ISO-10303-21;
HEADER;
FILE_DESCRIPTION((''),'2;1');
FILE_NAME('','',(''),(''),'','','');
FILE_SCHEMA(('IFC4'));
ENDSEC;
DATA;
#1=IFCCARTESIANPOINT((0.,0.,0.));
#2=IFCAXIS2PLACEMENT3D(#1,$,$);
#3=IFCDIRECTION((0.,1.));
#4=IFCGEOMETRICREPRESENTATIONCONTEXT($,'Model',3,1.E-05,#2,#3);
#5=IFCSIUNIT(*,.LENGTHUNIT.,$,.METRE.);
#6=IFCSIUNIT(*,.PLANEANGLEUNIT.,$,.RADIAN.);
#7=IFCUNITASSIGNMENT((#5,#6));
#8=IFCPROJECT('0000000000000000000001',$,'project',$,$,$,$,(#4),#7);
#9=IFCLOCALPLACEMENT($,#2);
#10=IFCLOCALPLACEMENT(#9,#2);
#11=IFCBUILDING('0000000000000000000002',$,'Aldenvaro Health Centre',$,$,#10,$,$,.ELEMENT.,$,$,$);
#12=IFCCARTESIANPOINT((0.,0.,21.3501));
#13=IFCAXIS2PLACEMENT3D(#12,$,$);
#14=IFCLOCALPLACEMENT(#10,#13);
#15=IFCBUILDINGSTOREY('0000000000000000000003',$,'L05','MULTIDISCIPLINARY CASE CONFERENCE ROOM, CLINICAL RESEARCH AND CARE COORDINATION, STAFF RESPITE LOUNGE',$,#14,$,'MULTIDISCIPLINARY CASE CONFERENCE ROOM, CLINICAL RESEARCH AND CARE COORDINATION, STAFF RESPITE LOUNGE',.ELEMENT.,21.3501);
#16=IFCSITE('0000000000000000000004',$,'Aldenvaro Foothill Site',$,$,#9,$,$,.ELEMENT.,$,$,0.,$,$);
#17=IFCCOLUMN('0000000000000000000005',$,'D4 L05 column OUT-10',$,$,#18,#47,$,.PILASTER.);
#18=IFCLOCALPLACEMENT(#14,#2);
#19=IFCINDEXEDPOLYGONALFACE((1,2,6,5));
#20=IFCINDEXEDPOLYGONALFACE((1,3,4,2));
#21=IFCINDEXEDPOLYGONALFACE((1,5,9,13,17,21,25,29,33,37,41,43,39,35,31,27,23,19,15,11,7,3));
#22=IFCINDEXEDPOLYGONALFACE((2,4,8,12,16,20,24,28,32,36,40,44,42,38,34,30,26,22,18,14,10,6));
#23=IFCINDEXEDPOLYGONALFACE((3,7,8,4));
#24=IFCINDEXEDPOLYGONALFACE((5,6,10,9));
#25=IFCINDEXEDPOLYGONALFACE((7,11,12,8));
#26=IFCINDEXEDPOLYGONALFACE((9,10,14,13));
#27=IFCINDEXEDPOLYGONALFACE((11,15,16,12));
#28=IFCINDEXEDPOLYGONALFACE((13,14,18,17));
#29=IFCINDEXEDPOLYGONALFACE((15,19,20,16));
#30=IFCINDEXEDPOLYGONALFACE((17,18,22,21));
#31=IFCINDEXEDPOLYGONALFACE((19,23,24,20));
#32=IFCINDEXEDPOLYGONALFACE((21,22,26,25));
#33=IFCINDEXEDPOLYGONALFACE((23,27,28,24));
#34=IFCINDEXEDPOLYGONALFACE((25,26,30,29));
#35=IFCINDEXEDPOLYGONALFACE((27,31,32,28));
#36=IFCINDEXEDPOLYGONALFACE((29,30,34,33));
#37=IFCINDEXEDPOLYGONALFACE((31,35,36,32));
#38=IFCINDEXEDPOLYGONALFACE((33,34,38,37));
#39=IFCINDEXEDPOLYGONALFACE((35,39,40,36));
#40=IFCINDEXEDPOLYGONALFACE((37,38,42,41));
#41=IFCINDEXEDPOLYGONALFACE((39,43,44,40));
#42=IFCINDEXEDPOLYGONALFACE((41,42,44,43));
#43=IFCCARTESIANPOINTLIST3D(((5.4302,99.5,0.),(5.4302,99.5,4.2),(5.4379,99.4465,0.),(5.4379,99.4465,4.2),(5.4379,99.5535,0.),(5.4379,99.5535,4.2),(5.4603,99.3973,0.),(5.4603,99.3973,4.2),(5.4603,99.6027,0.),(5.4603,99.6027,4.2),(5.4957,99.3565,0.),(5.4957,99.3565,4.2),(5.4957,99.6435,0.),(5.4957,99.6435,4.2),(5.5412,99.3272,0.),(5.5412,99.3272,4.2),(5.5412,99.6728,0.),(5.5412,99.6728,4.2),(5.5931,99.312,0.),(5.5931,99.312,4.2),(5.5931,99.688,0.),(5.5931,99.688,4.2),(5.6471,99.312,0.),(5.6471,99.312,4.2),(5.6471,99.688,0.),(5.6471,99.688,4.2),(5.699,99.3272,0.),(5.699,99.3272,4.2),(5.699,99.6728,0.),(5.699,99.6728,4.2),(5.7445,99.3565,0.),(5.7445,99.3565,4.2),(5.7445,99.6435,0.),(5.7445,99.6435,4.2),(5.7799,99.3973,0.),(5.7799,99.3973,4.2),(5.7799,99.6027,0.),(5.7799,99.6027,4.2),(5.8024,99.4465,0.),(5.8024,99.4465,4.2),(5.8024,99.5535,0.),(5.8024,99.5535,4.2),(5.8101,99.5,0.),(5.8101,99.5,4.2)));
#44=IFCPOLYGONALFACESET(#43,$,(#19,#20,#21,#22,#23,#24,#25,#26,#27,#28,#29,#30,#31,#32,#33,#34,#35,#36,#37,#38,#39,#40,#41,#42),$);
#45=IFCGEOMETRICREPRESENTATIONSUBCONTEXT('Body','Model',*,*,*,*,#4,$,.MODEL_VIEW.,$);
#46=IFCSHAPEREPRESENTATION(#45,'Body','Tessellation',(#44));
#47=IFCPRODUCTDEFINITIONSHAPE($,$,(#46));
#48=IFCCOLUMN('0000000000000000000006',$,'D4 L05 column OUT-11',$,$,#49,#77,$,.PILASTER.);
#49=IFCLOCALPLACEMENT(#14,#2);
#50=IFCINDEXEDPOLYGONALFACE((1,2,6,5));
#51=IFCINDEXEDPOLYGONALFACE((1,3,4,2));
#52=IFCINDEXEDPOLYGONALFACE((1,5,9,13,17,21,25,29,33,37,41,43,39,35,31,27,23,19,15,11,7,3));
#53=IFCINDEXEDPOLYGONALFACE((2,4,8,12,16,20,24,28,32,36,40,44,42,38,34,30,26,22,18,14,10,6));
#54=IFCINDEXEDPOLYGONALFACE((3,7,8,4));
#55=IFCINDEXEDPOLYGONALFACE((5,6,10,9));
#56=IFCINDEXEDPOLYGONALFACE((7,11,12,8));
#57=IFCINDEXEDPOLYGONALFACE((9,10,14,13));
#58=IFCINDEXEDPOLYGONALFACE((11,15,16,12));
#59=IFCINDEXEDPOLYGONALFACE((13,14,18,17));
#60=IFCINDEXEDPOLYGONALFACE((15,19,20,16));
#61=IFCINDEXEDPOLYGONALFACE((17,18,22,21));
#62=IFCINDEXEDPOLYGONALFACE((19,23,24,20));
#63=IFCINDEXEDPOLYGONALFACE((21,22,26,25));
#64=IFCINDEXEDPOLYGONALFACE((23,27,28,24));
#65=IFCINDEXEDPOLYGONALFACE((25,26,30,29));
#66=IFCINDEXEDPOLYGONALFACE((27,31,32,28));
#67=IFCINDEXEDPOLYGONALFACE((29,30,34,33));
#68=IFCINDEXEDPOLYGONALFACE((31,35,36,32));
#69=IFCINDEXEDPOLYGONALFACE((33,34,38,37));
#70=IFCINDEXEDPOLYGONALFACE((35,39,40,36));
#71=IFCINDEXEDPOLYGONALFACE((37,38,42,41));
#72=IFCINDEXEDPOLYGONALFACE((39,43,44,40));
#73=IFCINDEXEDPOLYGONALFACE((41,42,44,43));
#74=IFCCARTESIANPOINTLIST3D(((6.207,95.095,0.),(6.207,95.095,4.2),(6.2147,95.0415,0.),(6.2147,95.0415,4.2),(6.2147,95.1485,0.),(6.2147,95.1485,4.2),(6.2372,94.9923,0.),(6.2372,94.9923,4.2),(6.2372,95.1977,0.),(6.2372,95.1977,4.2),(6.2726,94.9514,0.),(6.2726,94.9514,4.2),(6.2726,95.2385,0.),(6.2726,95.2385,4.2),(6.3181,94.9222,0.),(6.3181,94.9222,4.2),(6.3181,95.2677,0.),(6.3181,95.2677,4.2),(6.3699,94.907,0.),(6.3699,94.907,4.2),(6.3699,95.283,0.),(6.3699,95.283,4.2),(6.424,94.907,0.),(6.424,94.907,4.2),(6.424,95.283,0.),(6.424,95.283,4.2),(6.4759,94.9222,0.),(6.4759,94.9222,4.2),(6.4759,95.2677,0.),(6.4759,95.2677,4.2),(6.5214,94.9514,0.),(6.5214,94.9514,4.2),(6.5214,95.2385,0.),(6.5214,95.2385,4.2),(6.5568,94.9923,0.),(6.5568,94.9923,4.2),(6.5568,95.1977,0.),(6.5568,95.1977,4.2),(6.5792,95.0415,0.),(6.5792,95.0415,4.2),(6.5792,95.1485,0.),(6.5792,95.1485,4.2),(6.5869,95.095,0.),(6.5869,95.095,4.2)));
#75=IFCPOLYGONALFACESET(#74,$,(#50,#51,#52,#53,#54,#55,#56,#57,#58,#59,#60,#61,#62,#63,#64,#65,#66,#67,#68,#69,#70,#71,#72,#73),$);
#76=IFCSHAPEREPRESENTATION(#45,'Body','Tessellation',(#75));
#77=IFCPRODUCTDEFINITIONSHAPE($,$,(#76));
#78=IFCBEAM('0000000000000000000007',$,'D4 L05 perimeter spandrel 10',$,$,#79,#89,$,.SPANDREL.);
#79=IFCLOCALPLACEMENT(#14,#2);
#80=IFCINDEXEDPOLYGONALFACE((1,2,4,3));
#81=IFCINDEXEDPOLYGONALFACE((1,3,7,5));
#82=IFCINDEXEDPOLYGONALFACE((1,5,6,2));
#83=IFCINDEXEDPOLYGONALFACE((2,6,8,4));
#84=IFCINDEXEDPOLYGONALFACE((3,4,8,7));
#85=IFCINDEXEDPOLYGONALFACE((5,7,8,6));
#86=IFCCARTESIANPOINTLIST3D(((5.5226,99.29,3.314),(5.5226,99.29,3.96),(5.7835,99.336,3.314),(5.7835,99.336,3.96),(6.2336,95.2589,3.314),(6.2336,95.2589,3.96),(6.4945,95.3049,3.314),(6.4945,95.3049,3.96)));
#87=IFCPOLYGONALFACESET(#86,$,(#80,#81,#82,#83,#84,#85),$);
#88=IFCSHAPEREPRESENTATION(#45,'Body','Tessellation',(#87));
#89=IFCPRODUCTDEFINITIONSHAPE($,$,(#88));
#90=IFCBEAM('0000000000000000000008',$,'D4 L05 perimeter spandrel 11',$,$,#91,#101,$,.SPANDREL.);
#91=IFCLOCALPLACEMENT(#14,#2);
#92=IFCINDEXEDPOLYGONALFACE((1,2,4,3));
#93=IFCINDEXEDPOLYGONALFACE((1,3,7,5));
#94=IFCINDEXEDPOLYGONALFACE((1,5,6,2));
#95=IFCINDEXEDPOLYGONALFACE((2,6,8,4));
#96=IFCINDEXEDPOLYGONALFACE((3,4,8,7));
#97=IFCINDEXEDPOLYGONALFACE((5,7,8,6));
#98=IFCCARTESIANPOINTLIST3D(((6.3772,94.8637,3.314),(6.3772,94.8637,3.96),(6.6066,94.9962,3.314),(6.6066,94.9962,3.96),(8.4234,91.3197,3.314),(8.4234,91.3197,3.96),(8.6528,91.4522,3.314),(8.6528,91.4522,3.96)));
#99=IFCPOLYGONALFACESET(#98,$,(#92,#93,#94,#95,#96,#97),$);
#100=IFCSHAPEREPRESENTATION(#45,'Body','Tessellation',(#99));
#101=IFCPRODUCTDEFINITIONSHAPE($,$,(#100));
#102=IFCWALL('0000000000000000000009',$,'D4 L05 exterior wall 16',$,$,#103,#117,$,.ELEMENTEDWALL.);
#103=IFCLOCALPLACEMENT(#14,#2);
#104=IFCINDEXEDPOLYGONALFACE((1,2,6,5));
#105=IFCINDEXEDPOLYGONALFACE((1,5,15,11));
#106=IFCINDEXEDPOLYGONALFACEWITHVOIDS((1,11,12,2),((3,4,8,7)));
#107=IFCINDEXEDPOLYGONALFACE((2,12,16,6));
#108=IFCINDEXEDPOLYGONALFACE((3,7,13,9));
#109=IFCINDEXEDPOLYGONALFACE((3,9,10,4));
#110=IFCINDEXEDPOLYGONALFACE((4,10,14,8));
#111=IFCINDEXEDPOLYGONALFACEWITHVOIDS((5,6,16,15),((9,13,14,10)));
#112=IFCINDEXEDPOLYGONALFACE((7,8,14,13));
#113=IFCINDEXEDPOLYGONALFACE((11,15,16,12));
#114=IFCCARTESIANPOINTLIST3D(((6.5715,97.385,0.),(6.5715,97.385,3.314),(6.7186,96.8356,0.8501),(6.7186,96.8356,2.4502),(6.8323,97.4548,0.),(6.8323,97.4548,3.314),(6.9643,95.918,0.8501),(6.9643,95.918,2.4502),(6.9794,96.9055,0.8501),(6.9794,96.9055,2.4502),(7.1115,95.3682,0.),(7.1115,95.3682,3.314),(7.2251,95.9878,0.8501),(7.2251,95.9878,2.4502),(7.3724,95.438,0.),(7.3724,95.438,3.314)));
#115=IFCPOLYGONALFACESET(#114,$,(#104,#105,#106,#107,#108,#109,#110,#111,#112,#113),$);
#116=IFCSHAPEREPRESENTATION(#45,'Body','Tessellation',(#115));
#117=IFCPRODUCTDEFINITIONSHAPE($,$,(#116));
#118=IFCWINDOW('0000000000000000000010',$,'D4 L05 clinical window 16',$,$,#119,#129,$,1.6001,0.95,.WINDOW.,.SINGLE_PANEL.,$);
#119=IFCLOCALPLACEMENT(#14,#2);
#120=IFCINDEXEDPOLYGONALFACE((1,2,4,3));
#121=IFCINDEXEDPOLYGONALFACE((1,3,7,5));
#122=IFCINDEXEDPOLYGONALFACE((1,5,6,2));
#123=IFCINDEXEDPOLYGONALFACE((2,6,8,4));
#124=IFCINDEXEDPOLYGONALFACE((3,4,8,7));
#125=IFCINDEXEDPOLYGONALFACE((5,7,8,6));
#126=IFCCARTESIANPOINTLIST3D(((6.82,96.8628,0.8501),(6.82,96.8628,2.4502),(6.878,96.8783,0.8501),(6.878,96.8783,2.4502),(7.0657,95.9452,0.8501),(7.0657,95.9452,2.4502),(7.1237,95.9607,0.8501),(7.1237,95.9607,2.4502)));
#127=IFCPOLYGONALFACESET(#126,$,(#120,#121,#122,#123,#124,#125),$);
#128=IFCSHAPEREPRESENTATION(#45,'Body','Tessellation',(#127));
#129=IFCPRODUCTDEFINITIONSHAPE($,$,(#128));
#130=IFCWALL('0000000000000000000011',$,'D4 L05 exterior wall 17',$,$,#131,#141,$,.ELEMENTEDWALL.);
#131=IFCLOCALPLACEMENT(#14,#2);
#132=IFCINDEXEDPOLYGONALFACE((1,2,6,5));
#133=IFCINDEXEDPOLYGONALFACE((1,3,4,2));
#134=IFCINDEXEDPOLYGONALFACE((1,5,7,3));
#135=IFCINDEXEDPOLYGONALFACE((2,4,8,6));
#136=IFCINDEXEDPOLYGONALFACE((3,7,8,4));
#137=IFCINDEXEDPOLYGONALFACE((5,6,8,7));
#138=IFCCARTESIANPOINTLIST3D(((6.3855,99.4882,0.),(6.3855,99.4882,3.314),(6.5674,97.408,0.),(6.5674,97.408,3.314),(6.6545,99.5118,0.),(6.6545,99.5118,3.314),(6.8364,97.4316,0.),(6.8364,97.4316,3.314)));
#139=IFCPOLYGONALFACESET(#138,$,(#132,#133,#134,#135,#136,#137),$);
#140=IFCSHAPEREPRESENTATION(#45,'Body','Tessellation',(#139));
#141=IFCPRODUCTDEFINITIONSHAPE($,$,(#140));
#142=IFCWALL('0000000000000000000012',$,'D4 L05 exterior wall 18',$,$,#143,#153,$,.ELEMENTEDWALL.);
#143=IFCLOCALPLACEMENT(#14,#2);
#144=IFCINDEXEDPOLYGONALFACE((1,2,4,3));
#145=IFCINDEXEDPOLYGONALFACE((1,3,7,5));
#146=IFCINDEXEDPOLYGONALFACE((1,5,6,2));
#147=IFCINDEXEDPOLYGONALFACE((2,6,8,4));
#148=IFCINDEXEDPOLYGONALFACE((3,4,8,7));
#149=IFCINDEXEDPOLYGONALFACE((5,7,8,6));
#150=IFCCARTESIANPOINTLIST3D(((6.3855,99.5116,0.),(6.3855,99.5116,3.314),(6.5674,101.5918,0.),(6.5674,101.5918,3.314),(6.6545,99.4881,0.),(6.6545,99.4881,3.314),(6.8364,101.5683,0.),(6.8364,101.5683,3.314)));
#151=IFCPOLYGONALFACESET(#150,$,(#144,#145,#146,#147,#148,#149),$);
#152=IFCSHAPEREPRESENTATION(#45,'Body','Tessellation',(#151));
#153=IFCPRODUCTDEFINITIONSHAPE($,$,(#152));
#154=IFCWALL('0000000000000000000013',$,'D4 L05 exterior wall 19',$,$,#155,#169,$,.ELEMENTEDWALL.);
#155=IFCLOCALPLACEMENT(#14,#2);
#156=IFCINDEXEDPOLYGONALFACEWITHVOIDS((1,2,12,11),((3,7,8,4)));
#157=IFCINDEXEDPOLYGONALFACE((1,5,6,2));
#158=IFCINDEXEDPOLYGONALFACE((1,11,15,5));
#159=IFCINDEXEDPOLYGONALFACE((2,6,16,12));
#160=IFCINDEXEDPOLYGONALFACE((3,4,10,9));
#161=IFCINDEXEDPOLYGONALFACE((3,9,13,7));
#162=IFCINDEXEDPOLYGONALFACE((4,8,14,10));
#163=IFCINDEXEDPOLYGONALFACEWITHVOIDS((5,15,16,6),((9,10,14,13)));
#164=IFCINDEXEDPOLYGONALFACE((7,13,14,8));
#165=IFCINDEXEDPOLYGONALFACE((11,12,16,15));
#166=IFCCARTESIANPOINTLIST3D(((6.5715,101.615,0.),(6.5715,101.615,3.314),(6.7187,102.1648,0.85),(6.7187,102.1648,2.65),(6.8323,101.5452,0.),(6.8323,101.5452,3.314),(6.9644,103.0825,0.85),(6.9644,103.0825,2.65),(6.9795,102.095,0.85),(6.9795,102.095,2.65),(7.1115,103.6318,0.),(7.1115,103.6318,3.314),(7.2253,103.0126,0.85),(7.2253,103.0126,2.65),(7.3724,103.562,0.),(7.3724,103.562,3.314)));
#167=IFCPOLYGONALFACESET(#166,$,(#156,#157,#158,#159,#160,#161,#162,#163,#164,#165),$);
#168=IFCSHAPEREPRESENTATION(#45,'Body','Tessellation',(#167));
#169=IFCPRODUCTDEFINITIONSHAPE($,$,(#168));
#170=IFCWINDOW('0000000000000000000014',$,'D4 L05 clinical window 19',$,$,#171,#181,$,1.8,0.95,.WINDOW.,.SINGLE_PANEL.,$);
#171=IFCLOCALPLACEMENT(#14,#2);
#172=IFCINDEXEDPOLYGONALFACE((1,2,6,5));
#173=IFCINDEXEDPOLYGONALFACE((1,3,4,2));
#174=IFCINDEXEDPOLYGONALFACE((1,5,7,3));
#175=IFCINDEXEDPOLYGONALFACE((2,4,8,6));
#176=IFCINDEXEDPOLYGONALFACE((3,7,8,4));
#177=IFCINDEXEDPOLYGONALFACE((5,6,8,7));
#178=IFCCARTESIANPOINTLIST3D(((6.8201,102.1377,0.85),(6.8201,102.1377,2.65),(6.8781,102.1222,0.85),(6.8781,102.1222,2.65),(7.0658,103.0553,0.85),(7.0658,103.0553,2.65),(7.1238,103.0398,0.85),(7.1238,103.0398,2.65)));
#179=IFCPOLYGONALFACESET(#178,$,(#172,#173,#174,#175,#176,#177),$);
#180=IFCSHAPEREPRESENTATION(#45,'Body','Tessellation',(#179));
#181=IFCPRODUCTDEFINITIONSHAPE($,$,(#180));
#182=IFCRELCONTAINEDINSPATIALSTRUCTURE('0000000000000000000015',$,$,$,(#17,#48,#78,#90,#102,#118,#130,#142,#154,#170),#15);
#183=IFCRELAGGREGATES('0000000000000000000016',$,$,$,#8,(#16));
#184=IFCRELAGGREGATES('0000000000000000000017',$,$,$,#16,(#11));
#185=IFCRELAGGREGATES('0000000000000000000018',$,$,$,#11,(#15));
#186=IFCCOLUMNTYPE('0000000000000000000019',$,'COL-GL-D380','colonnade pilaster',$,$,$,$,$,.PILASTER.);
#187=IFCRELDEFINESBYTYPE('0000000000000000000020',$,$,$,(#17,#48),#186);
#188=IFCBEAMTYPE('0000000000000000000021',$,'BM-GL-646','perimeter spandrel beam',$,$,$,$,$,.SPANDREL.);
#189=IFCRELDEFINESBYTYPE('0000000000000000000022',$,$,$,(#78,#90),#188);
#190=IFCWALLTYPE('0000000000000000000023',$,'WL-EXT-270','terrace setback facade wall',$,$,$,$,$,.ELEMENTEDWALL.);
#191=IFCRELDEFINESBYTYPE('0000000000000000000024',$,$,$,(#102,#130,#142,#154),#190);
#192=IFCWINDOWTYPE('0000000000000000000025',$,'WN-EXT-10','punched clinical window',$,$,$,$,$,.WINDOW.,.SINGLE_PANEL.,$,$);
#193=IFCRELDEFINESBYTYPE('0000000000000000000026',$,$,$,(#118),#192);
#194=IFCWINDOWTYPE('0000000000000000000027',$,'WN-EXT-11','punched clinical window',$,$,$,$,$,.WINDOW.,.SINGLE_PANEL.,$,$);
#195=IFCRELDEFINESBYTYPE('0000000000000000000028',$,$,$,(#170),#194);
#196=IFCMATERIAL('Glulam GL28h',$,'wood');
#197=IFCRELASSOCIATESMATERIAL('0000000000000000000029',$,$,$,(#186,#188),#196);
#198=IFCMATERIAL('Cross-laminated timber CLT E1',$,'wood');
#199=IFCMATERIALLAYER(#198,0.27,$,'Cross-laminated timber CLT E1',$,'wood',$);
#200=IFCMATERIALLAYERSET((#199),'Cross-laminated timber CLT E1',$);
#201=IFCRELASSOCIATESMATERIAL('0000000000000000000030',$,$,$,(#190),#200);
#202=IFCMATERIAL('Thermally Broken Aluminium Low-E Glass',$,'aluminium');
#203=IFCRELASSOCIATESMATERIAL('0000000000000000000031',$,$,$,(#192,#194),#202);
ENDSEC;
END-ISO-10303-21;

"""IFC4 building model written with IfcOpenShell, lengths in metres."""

from ifc_helpers import new_model, si_unit, direction, frame, frame_2d, origin, origin_2d, place, context, subcontext, project, spatial, rectangle, circle, extrude, material, layer, layer_set, material_profile, profile_set, type_object, element, fill, save


model = new_model("IFC4")

# Units and contexts
model_context = context("Model", 3, precision=1e-05, world=origin(), true_north=direction((0.0, 1.0)))
body_context = subcontext(model_context, "Body", "Model", "MODEL_VIEW")
ifc_project = project(units=[si_unit("LENGTHUNIT", "METRE"), si_unit("PLANEANGLEUNIT", "RADIAN")], contexts=[model_context])

# Site, building, storey
site_placement = place(None, origin())
site = spatial("IfcSite", under=ifc_project, at=site_placement, Name="Aldenvaro Foothill Site", CompositionType="ELEMENT", RefElevation=0.0)
building_placement = place(site_placement, origin())
building = spatial("IfcBuilding", under=site, at=building_placement, Name="Aldenvaro Health Centre", CompositionType="ELEMENT")
storey_placement = place(building_placement, frame((0.0, 0.0, 21.3501)))
storey = spatial("IfcBuildingStorey", under=building, at=storey_placement, Name="L05", Description="MULTIDISCIPLINARY CASE CONFERENCE ROOM, CLINICAL RESEARCH AND CARE COORDINATION, STAFF RESPITE LOUNGE", LongName="MULTIDISCIPLINARY CASE CONFERENCE ROOM, CLINICAL RESEARCH AND CARE COORDINATION, STAFF RESPITE LOUNGE", CompositionType="ELEMENT", Elevation=21.3501)

# Columns
ifc_material_1 = material(Name="Glulam GL28h", Category="wood")
ifc_material_profile_1 = material_profile(ifc_material_1, circle(Radius=0.1899, at=origin_2d()), Name="GL D380", Category="wood")
ifc_profile_set_1 = profile_set([ifc_material_profile_1], Name="Glulam GL28h")
column_type = type_object("IfcColumnType", Name="COL-GL-D380", Description="colonnade pilaster", PredefinedType="PILASTER", material=ifc_profile_set_1)
for number, where, z_axis, x_axis, name in (
    (1, (5.6201, 99.5, 0.0), (0.0, 0.0, 1.0), (1.0, 0.0, 0.0), "D4 L05 column OUT-10"),
    (2, (6.397, 95.095, 0.0), (0.0, 0.0, 1.0), (1.0, 0.0, 0.0), "D4 L05 column OUT-11"),
):
    element("IfcColumn", number, at=place(storey_placement, frame(where, z_axis=z_axis, x_axis=x_axis)), inside=storey, type_object=column_type, Name=name, PredefinedType="PILASTER", context=body_context, shape_type="SweptSolid", body=[
        extrude(circle(Radius=0.1899, at=origin_2d()), origin(), (0.0, 0.0, 1.0), 4.2),
    ])

# Beams
ifc_material_profile_2 = material_profile(ifc_material_1, rectangle(XDim=0.2649, YDim=0.646, at=origin_2d()), Name="GL 265x646", Category="wood")
ifc_profile_set_2 = profile_set([ifc_material_profile_2], Name="Glulam GL28h")
beam_type = type_object("IfcBeamType", Name="BM-GL-646", Description="perimeter spandrel beam", PredefinedType="SPANDREL", material=ifc_profile_set_2)
beam_1_placement = place(storey_placement, frame((5.6531, 99.313, 3.637), z_axis=(0.173687, -0.984801, 0.0), x_axis=(0.984801, 0.173687, 0.0)))
element("IfcBeam", 3, at=beam_1_placement, inside=storey, type_object=beam_type, Name="D4 L05 perimeter spandrel 10", PredefinedType="SPANDREL", context=body_context, shape_type="SweptSolid", body=[
    extrude(rectangle(XDim=0.2649, YDim=0.646, at=origin_2d()), origin(), (0.0, 0.0, 1.0), 4.0933),
])
beam_2_placement = place(storey_placement, frame((6.4919, 94.9299, 3.637), z_axis=(0.500008, -0.866021, 0.0), x_axis=(0.866021, 0.500008, 0.0)))
element("IfcBeam", 4, at=beam_2_placement, inside=storey, type_object=beam_type, Name="D4 L05 perimeter spandrel 11", PredefinedType="SPANDREL", context=body_context, shape_type="SweptSolid", body=[
    extrude(rectangle(XDim=0.2649, YDim=0.646, at=origin_2d()), origin(), (0.0, 0.0, 1.0), 4.0923),
])

# Wall, opening, window
ifc_material_2 = material(Name="Cross-laminated timber CLT E1", Category="wood")
ifc_layer_1 = layer(ifc_material_2, 0.27, Name="Cross-laminated timber CLT E1", Category="wood")
ifc_layer_set_1 = layer_set([ifc_layer_1], Name="Cross-laminated timber CLT E1")
wall_type_1 = type_object("IfcWallType", Name="WL-EXT-270", Description="terrace setback facade wall", PredefinedType="ELEMENTEDWALL", material=ifc_layer_set_1)
wall_1_placement = place(storey_placement, frame((7.2419, 95.4031, 0.0), z_axis=(0.0, 0.0, 1.0), x_axis=(-0.258652, 0.96597, 0.0)))
wall_1 = element("IfcWall", 5, at=wall_1_placement, inside=storey, type_object=wall_type_1, Name="D4 L05 exterior wall 16", PredefinedType="ELEMENTEDWALL", context=body_context, shape_type="SweptSolid", body=[
    extrude(rectangle(XDim=2.0879, YDim=0.27, at=frame_2d((1.0439, 0.0))), origin(), (0.0, 0.0, 1.0), 3.314),
])
opening_1_placement = place(wall_1_placement, frame((0.5691, 0.0, 0.8501)))
opening_1 = element("IfcOpeningElement", 6, at=opening_1_placement, cuts=wall_1, PredefinedType="OPENING", context=body_context, shape_type="SweptSolid", body=[
    extrude(rectangle(XDim=0.95, YDim=1.6001, at=frame_2d((0.4751, 0.8))), frame((0.0, 0.145, 0.0), z_axis=(0.0, -1.0, 0.0), x_axis=(1.0, 0.0, 0.0)), (0.0, 0.0, 1.0), 0.29),
])
ifc_material_3 = material(Name="Thermally Broken Aluminium Low-E Glass", Category="aluminium")
window_type_1 = type_object("IfcWindowType", Name="WN-EXT-10", Description="punched clinical window", PartitioningType="SINGLE_PANEL", PredefinedType="WINDOW", material=ifc_material_3)
window_1_placement = place(opening_1_placement, origin())
window_1 = element("IfcWindow", 7, at=window_1_placement, inside=storey, type_object=window_type_1, Name="D4 L05 clinical window 16", OverallHeight=1.6001, OverallWidth=0.95, PartitioningType="SINGLE_PANEL", PredefinedType="WINDOW", context=body_context, shape_type="SweptSolid", body=[
    extrude(rectangle(XDim=0.95, YDim=1.6001, at=frame_2d((0.4751, 0.8))), frame((0.0, 0.03, 0.0), z_axis=(0.0, -1.0, 0.0), x_axis=(1.0, 0.0, 0.0)), (0.0, 0.0, 1.0), 0.0601),
])
fill(opening_1, window_1)

# Walls
for number, where, z_axis, x_axis, name in (
    (8, (6.7019, 97.4199, 0.0), (0.0, 0.0, 1.0), (-0.087109, 0.996199, 0.0), "D4 L05 exterior wall 17"),
    (9, (6.52, 99.5, 0.0), (0.0, 0.0, 1.0), (0.087109, 0.996199, 0.0), "D4 L05 exterior wall 18"),
):
    element("IfcWall", number, at=place(storey_placement, frame(where, z_axis=z_axis, x_axis=x_axis)), inside=storey, type_object=wall_type_1, Name=name, PredefinedType="ELEMENTEDWALL", context=body_context, shape_type="SweptSolid", body=[
        extrude(rectangle(XDim=2.0881, YDim=0.27, at=frame_2d((1.0439, 0.0))), origin(), (0.0, 0.0, 1.0), 3.314),
    ])

# Wall, opening, window
wall_2_placement = place(storey_placement, frame((6.7019, 101.5801, 0.0), z_axis=(0.0, 0.0, 1.0), x_axis=(0.258652, 0.96597, 0.0)))
wall_2 = element("IfcWall", 10, at=wall_2_placement, inside=storey, type_object=wall_type_1, Name="D4 L05 exterior wall 19", PredefinedType="ELEMENTEDWALL", context=body_context, shape_type="SweptSolid", body=[
    extrude(rectangle(XDim=2.0879, YDim=0.27, at=frame_2d((1.0439, 0.0))), origin(), (0.0, 0.0, 1.0), 3.314),
])
opening_2_placement = place(wall_2_placement, frame((0.5691, 0.0, 0.8501)))
opening_2 = element("IfcOpeningElement", 11, at=opening_2_placement, cuts=wall_2, PredefinedType="OPENING", context=body_context, shape_type="SweptSolid", body=[
    extrude(rectangle(XDim=0.95, YDim=1.8, at=frame_2d((0.4751, 0.8999))), frame((0.0, 0.145, 0.0), z_axis=(0.0, -1.0, 0.0), x_axis=(1.0, 0.0, 0.0)), (0.0, 0.0, 1.0), 0.29),
])
window_type_2 = type_object("IfcWindowType", Name="WN-EXT-11", Description="punched clinical window", PartitioningType="SINGLE_PANEL", PredefinedType="WINDOW", material=ifc_material_3)
window_2_placement = place(opening_2_placement, origin())
window_2 = element("IfcWindow", 12, at=window_2_placement, inside=storey, type_object=window_type_2, Name="D4 L05 clinical window 19", OverallHeight=1.8, OverallWidth=0.95, PartitioningType="SINGLE_PANEL", PredefinedType="WINDOW", context=body_context, shape_type="SweptSolid", body=[
    extrude(rectangle(XDim=0.95, YDim=1.8, at=frame_2d((0.4751, 0.8999))), frame((0.0, 0.03, 0.0), z_axis=(0.0, -1.0, 0.0), x_axis=(1.0, 0.0, 0.0)), (0.0, 0.0, 1.0), 0.0601),
])
fill(opening_2, window_2)

save(model, "model.ifc")
